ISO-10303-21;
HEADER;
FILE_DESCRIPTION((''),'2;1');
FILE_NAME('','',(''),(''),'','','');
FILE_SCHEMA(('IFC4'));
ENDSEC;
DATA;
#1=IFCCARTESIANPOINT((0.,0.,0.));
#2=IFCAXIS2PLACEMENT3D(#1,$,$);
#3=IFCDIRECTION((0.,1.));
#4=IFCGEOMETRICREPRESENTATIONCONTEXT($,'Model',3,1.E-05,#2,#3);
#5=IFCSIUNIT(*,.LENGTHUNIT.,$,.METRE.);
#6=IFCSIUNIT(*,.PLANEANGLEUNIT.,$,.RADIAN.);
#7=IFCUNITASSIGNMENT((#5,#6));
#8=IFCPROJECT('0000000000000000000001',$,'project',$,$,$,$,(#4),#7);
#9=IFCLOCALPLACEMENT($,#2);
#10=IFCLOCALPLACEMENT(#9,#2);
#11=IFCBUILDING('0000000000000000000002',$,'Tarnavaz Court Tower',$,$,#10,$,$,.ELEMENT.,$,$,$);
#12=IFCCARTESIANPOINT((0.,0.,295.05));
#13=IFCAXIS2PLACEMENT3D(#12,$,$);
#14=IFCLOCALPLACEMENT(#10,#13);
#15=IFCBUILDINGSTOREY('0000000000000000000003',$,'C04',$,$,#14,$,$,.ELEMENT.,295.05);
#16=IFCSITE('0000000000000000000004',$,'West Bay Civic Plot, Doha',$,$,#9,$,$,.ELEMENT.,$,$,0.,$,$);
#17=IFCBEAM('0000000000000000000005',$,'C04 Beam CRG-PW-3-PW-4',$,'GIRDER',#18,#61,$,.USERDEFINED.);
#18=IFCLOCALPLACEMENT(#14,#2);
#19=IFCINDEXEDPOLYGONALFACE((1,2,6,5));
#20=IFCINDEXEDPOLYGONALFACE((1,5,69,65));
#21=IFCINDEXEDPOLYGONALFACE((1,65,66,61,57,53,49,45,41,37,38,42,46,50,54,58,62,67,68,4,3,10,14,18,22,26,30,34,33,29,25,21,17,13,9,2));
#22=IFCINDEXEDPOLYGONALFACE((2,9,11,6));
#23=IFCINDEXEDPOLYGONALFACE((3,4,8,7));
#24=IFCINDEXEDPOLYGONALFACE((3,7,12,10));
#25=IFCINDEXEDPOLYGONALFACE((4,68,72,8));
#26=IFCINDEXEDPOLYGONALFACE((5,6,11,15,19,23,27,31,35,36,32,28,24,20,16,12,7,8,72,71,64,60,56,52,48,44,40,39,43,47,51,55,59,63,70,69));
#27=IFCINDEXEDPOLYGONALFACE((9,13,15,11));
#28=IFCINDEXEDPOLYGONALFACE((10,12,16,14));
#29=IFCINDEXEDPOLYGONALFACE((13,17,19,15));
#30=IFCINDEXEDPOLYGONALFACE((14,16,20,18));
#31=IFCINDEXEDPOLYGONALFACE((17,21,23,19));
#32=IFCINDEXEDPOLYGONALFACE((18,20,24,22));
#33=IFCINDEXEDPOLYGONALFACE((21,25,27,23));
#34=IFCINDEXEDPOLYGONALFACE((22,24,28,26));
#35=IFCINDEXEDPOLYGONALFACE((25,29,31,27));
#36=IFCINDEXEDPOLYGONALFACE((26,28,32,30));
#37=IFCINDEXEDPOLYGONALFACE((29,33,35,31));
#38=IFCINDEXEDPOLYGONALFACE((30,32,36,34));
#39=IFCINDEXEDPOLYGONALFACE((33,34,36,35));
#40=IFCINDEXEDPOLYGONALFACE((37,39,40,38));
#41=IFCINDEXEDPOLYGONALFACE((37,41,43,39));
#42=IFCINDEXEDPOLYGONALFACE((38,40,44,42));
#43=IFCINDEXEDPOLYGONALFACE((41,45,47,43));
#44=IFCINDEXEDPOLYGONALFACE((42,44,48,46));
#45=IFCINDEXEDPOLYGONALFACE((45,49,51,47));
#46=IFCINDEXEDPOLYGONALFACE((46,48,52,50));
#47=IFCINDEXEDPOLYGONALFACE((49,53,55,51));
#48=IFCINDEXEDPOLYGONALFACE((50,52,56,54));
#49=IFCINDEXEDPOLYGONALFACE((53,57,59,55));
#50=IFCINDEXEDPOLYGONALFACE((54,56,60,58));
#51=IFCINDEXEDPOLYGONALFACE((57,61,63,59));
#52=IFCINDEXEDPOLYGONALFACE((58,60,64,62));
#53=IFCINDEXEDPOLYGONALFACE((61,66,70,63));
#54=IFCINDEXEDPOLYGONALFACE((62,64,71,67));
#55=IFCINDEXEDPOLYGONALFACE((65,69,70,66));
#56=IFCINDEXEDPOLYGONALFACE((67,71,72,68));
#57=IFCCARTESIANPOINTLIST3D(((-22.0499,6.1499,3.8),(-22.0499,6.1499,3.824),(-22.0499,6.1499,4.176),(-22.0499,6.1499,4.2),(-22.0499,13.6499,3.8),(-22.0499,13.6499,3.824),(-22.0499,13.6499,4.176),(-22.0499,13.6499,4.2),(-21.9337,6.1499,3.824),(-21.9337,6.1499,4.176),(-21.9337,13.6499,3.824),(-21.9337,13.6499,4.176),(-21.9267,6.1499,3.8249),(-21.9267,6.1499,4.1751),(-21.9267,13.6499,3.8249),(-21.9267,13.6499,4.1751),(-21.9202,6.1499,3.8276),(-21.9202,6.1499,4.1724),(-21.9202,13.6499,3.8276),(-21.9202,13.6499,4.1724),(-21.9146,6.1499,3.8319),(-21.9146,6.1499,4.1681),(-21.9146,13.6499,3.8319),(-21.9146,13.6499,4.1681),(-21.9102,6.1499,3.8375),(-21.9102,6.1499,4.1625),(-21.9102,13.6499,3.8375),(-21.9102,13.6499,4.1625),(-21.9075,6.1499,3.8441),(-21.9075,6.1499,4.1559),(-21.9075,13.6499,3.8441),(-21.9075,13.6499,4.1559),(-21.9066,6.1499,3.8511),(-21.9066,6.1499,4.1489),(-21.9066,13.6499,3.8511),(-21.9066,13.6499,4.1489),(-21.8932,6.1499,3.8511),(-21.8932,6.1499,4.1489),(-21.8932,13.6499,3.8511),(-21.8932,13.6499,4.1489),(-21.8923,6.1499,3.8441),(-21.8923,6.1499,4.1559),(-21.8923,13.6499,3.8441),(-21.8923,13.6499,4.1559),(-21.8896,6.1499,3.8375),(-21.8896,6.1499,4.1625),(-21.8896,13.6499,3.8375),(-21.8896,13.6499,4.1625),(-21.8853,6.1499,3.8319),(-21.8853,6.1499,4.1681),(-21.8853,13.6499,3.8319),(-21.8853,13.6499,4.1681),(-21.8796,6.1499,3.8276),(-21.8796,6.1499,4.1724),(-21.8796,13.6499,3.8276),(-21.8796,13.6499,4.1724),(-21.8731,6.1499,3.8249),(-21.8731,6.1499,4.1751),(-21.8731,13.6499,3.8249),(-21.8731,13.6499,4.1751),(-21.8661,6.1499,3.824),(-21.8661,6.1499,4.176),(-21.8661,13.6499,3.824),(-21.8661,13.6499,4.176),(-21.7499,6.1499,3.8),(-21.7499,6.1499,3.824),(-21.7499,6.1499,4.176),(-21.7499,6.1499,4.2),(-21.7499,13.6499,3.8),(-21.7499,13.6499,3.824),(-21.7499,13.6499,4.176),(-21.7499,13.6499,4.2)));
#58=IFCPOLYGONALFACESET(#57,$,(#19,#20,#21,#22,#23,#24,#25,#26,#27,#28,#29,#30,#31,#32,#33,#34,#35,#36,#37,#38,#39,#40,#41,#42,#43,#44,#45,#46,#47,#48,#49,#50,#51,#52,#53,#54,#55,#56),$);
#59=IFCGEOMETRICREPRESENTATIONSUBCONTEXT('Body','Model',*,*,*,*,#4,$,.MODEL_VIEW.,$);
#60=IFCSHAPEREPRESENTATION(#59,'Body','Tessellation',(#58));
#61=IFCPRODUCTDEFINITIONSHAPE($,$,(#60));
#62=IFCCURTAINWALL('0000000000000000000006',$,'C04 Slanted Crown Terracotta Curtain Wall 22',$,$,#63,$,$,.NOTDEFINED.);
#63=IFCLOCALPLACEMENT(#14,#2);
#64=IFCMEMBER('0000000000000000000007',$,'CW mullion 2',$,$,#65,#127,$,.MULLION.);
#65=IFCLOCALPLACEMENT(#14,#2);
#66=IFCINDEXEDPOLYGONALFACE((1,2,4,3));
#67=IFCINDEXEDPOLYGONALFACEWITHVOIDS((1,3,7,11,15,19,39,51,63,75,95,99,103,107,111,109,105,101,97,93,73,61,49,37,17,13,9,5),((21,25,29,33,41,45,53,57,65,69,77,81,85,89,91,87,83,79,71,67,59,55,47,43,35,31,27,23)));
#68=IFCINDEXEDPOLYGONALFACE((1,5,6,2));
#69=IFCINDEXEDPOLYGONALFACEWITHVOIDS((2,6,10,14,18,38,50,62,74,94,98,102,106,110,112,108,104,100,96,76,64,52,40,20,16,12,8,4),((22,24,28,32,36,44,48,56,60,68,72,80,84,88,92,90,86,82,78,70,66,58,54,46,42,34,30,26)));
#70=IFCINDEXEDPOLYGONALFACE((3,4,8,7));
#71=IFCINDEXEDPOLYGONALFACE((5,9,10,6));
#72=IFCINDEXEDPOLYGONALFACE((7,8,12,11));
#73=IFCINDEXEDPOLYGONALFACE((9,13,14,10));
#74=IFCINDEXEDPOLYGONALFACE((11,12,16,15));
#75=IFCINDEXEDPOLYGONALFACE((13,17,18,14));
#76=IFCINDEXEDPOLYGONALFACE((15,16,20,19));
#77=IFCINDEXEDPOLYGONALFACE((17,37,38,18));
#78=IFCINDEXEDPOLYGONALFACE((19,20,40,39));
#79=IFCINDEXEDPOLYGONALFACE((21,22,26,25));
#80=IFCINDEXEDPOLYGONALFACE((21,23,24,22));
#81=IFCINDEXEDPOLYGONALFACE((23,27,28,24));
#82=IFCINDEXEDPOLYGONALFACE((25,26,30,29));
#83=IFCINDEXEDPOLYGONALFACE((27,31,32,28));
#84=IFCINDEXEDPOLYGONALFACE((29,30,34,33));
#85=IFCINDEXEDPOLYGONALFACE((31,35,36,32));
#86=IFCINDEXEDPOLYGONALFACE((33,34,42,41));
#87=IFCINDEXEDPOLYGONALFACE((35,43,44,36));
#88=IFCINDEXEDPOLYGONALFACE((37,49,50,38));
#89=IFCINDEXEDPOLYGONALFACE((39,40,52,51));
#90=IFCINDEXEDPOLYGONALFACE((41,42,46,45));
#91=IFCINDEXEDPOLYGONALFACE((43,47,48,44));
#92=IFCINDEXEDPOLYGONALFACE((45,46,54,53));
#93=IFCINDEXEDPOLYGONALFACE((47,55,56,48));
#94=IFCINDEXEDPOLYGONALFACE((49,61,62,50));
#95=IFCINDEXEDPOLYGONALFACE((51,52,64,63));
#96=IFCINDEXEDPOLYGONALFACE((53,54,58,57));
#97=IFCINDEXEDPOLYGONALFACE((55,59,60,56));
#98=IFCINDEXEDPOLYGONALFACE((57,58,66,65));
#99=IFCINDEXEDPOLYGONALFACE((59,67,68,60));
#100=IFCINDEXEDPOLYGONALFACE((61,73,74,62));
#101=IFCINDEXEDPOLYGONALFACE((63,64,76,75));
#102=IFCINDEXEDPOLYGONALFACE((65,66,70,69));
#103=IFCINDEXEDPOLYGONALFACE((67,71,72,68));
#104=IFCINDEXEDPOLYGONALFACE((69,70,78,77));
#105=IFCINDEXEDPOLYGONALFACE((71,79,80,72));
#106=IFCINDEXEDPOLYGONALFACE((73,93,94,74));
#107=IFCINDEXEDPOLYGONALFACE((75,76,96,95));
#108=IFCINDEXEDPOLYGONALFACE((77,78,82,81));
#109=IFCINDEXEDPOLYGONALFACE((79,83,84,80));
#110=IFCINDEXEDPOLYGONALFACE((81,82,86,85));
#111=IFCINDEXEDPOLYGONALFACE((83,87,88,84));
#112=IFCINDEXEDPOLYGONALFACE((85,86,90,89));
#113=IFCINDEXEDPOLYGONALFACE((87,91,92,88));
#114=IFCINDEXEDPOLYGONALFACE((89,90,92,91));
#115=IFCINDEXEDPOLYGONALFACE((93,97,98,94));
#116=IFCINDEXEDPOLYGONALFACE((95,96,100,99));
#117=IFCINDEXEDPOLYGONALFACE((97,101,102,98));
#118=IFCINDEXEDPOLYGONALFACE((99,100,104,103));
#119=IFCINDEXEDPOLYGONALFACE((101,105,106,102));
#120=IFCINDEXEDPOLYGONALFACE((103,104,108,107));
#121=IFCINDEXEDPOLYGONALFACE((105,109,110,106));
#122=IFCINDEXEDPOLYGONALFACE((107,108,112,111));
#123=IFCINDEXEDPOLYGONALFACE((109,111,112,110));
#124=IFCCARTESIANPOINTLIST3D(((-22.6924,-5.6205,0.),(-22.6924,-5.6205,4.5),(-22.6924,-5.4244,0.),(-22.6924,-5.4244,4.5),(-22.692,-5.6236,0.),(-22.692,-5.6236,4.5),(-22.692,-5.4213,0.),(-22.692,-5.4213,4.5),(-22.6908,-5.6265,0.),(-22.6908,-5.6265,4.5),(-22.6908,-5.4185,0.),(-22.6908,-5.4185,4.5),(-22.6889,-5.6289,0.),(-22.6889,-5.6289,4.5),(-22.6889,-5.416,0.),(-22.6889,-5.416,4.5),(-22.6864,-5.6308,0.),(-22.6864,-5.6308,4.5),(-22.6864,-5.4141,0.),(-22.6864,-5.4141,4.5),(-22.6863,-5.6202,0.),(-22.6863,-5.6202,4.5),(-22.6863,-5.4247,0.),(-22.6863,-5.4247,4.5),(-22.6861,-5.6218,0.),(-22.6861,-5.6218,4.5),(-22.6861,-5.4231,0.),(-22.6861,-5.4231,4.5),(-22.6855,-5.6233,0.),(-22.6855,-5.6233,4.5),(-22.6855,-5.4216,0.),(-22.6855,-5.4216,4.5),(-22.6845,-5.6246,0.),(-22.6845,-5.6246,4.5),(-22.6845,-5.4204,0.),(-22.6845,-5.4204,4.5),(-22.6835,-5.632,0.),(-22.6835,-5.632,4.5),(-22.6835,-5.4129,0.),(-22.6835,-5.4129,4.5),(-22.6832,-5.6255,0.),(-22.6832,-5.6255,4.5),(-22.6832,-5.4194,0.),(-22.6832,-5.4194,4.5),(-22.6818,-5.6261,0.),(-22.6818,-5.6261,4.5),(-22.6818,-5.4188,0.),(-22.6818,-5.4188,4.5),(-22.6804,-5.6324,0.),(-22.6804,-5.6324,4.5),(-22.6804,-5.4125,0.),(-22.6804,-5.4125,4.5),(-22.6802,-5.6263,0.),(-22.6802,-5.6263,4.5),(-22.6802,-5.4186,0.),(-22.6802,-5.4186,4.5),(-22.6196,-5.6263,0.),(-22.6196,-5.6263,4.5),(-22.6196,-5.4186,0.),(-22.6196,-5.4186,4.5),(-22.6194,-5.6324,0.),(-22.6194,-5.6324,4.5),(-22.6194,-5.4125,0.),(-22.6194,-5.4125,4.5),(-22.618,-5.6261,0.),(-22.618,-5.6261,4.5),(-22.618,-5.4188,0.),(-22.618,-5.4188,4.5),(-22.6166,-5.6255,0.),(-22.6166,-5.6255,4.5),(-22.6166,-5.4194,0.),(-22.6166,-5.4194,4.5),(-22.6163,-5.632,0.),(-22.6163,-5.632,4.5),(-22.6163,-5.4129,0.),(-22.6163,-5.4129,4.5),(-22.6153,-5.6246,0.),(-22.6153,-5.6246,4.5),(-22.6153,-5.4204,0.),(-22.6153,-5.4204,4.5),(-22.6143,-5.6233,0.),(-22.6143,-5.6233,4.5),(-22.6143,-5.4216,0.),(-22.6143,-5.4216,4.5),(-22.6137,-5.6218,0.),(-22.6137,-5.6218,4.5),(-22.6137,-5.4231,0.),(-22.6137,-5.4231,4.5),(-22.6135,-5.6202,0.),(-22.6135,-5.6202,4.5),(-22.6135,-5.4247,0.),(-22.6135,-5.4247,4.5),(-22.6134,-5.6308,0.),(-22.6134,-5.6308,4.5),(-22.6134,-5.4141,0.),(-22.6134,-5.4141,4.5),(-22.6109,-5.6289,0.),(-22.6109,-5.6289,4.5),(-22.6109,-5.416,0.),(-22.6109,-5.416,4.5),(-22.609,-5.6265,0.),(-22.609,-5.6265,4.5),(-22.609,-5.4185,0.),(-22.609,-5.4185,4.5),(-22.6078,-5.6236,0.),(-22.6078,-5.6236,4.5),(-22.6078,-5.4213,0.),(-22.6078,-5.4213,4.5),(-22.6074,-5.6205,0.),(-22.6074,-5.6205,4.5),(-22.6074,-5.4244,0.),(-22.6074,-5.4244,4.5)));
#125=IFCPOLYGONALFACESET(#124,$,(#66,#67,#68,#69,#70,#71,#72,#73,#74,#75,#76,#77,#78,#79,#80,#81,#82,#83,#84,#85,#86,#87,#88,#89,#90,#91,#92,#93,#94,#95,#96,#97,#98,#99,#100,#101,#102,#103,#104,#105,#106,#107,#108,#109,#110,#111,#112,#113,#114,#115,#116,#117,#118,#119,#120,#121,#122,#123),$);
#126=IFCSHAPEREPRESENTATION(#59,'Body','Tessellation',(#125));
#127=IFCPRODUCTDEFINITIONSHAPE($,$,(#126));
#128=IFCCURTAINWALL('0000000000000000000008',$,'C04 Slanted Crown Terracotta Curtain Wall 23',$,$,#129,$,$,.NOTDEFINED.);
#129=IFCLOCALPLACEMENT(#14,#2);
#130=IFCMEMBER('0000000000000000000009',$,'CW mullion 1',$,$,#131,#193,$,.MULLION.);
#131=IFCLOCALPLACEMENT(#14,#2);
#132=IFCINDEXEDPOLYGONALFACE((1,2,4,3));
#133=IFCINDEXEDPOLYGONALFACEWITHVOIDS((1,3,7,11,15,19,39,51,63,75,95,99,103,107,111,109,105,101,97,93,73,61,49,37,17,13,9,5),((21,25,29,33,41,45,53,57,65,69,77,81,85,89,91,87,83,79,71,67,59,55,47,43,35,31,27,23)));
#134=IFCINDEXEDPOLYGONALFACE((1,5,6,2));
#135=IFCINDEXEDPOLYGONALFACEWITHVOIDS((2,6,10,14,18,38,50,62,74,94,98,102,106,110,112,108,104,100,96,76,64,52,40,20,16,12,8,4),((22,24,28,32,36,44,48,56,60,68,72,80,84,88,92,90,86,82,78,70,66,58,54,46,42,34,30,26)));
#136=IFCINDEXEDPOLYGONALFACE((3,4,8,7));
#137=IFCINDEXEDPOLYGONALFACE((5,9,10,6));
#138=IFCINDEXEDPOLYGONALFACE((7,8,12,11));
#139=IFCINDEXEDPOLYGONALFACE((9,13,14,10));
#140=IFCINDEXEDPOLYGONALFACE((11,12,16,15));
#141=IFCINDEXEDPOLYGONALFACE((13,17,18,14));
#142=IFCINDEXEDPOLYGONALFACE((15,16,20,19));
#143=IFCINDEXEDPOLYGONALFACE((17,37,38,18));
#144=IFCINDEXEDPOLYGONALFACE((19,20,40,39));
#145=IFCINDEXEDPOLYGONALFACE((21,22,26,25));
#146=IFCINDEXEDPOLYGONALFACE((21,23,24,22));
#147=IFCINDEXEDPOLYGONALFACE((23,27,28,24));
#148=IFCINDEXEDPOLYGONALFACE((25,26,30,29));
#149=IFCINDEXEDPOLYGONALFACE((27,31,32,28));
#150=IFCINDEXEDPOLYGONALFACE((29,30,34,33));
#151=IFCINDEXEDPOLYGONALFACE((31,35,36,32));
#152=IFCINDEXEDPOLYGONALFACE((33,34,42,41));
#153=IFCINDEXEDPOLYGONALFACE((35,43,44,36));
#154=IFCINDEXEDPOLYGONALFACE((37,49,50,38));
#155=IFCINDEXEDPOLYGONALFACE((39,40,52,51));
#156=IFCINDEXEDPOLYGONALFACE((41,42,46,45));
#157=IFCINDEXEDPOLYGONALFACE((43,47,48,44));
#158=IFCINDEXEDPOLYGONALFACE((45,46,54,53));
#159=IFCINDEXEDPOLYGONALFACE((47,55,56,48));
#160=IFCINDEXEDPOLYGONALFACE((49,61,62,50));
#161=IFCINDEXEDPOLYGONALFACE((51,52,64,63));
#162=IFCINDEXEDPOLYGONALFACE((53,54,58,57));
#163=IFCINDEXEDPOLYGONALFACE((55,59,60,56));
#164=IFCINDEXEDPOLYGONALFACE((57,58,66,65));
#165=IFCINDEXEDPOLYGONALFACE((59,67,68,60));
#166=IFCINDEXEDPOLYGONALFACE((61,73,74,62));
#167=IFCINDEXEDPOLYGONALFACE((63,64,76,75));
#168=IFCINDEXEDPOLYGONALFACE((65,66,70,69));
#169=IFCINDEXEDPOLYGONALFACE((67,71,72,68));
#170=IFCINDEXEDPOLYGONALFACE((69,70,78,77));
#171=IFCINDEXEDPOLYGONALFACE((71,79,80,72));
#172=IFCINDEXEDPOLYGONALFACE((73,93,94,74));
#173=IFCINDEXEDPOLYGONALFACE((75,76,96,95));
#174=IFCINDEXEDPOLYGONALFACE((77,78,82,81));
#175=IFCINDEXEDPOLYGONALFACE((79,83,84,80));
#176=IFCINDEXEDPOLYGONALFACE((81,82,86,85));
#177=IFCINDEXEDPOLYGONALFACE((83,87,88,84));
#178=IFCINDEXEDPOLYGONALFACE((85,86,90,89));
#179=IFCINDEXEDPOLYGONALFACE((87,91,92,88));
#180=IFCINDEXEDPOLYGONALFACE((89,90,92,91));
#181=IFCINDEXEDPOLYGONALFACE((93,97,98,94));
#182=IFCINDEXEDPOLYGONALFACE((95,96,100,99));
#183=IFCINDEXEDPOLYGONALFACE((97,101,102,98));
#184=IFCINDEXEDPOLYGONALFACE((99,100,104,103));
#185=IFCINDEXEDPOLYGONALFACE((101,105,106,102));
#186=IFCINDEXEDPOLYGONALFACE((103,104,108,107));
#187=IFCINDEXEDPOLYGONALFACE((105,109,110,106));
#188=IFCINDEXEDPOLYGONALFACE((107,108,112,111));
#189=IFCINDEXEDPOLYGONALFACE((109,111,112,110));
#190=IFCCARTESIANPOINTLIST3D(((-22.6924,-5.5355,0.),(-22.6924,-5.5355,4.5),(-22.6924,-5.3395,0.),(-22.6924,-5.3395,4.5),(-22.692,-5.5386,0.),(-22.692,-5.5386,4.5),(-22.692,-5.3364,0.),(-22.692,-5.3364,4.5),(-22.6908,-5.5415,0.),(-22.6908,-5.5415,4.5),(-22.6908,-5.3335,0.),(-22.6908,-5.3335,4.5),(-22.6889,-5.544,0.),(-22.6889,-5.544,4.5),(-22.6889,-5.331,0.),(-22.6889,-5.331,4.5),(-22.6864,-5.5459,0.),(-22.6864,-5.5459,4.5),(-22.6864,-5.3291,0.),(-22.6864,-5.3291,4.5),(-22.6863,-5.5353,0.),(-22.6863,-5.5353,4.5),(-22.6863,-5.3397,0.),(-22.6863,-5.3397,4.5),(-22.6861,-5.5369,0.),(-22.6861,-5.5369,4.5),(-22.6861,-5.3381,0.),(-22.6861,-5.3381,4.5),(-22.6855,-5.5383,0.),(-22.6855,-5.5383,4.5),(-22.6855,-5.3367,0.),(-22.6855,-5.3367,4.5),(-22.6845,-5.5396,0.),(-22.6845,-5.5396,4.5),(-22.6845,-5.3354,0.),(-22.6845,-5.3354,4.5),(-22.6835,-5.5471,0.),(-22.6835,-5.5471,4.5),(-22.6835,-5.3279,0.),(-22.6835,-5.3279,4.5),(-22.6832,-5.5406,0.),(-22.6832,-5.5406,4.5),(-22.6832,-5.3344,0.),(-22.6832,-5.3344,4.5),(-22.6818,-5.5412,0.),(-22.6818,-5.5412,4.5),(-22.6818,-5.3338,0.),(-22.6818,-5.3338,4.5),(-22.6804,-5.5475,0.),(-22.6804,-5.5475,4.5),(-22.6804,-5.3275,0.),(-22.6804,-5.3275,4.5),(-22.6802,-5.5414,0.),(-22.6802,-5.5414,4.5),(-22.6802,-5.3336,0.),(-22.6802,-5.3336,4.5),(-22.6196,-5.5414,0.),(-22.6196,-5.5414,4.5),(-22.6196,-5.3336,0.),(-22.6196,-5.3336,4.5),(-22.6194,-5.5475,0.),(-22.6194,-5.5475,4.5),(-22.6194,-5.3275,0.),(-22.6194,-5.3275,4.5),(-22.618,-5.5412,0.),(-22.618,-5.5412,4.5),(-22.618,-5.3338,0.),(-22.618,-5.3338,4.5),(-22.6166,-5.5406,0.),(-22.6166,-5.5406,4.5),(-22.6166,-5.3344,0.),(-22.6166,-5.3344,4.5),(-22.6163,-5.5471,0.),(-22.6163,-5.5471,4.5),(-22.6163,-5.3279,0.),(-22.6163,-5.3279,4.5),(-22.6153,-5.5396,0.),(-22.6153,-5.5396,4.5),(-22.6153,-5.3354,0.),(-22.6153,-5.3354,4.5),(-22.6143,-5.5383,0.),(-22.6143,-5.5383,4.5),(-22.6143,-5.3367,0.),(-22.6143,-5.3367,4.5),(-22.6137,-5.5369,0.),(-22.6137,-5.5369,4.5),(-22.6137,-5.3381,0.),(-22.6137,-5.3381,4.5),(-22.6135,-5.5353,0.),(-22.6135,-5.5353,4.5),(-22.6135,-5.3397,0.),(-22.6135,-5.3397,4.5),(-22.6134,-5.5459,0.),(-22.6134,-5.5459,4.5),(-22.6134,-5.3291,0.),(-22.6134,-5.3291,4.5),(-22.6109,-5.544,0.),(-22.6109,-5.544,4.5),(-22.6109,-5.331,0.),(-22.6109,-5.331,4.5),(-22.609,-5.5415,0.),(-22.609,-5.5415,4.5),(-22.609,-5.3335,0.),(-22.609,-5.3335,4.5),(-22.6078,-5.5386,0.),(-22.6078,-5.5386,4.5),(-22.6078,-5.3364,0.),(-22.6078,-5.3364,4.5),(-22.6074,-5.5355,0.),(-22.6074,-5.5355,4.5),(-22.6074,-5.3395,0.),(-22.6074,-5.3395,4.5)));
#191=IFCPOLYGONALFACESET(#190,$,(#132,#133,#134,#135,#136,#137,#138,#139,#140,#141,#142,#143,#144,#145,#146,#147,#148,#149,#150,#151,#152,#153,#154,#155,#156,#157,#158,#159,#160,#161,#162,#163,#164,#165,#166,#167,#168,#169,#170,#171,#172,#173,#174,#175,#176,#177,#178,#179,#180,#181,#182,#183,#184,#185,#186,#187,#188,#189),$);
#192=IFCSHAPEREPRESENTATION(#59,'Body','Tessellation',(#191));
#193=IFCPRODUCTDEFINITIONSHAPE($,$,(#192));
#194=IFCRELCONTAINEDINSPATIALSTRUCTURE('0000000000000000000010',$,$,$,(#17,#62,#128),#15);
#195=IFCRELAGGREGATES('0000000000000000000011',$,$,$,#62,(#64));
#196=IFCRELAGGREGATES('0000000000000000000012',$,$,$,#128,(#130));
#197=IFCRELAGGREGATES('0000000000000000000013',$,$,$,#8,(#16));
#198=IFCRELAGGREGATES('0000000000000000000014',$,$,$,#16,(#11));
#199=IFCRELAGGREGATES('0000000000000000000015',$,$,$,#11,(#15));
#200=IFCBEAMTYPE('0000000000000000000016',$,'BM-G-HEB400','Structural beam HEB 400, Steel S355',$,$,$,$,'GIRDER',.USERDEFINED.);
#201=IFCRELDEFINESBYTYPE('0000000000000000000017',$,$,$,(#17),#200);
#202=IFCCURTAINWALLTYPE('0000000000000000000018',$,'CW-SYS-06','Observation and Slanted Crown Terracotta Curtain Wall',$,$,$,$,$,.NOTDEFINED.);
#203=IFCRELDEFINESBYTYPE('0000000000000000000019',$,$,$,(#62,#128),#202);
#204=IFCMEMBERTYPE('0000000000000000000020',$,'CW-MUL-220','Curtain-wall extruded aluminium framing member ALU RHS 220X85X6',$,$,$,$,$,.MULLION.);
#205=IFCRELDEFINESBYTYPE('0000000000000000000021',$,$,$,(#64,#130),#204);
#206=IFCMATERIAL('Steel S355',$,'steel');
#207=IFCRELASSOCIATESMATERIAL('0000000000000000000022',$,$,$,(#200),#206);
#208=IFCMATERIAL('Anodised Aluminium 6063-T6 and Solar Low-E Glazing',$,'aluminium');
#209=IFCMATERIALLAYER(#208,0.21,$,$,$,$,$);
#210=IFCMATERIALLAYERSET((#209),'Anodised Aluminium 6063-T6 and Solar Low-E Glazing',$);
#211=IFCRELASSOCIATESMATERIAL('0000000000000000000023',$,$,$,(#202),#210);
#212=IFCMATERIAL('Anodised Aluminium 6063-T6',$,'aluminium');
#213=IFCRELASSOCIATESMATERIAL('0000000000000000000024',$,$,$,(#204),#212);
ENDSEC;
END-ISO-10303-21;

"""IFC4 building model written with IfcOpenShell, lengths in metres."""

from ifc_helpers import new_model, si_unit, direction, frame, origin, origin_2d, place, context, subcontext, project, spatial, hollow_rectangle, i_section, extrude, material, layer, layer_set, material_profile, profile_set, type_object, element, aggregate, save


model = new_model("IFC4")

# Units and contexts
model_context = context("Model", 3, precision=1e-05, world=origin(), true_north=direction((0.0, 1.0)))
body_context = subcontext(model_context, "Body", "Model", "MODEL_VIEW")
ifc_project = project(units=[si_unit("LENGTHUNIT", "METRE"), si_unit("PLANEANGLEUNIT", "RADIAN")], contexts=[model_context])

# Site, building, storey
site_placement = place(None, origin())
site = spatial("IfcSite", under=ifc_project, at=site_placement, Name="West Bay Civic Plot, Doha", CompositionType="ELEMENT", RefElevation=0.0)
building_placement = place(site_placement, origin())
building = spatial("IfcBuilding", under=site, at=building_placement, Name="Tarnavaz Court Tower", CompositionType="ELEMENT")
storey_placement = place(building_placement, frame((0.0, 0.0, 295.05)))
storey = spatial("IfcBuildingStorey", under=building, at=storey_placement, Name="C04", CompositionType="ELEMENT", Elevation=295.05)

# Shared definitions
ifc_material_1 = material(Name="Steel S355", Category="steel")

# Beam
ifc_material_profile_1 = material_profile(ifc_material_1, i_section(OverallWidth=0.3, OverallDepth=0.3999, WebThickness=0.0134, FlangeThickness=0.0239, FilletRadius=0.0271, at=origin_2d()), Name="HEB 400")
ifc_profile_set_1 = profile_set([ifc_material_profile_1], Name="Steel S355")
beam_type = type_object("IfcBeamType", Name="BM-G-HEB400", Description="Structural beam HEB 400, Steel S355", ElementType="GIRDER", PredefinedType="USERDEFINED", material=ifc_profile_set_1)
beam_1_placement = place(storey_placement, frame((-21.8999, 6.1499, 4.0), z_axis=(0.0, 1.0, 0.0), x_axis=(-1.0, 0.0, 0.0)))
element("IfcBeam", 1, at=beam_1_placement, inside=storey, type_object=beam_type, Name="C04 Beam CRG-PW-3-PW-4", ObjectType="GIRDER", PredefinedType="USERDEFINED", context=body_context, shape_type="SweptSolid", body=[
    extrude(i_section(OverallWidth=0.3, OverallDepth=0.3999, WebThickness=0.0134, FlangeThickness=0.0239, FilletRadius=0.0271, at=origin_2d()), origin(), (0.0, 0.0, 1.0), 7.5),
])

# Curtain wall, member
ifc_material_2 = material(Name="Anodised Aluminium 6063-T6 and Solar Low-E Glazing", Category="aluminium")
ifc_layer_1 = layer(ifc_material_2, 0.21)
ifc_layer_set_1 = layer_set([ifc_layer_1], Name="Anodised Aluminium 6063-T6 and Solar Low-E Glazing")
curtain_wall_type = type_object("IfcCurtainWallType", Name="CW-SYS-06", Description="Observation and Slanted Crown Terracotta Curtain Wall", PredefinedType="NOTDEFINED", material=ifc_layer_set_1)
curtain_wall_1_placement = place(storey_placement, origin())
curtain_wall_1 = element("IfcCurtainWall", 2, at=curtain_wall_1_placement, inside=storey, type_object=curtain_wall_type, Name="C04 Slanted Crown Terracotta Curtain Wall 22", PredefinedType="NOTDEFINED")
ifc_material_3 = material(Name="Anodised Aluminium 6063-T6", Category="aluminium")
ifc_material_profile_2 = material_profile(ifc_material_3, hollow_rectangle(XDim=0.085, YDim=0.22, WallThickness=0.0061, InnerFilletRadius=0.0061, OuterFilletRadius=0.012, at=origin_2d()), Name="ALU RHS 220X85X6")
ifc_profile_set_2 = profile_set([ifc_material_profile_2], Name="Anodised Aluminium 6063-T6")
member_type_1 = type_object("IfcMemberType", Name="CW-MUL-220", Description="Curtain-wall extruded aluminium framing member ALU RHS 220X85X6", PredefinedType="MULLION", material=ifc_profile_set_2)
member_1_placement = place(storey_placement, frame((-22.6499, -5.5225, 0.0), z_axis=(0.0, 0.0, 1.0), x_axis=(-1.0, 0.0, 0.0)))
member_1 = element("IfcMember", 3, at=member_1_placement, type_object=member_type_1, Name="CW mullion 2", PredefinedType="MULLION", context=body_context, shape_type="SweptSolid", body=[
    extrude(hollow_rectangle(XDim=0.085, YDim=0.22, WallThickness=0.0061, InnerFilletRadius=0.0061, OuterFilletRadius=0.012, at=origin_2d()), origin(), (0.0, 0.0, 1.0), 4.5),
])

# Curtain wall, member
curtain_wall_2_placement = place(storey_placement, origin())
curtain_wall_2 = element("IfcCurtainWall", 4, at=curtain_wall_2_placement, inside=storey, type_object=curtain_wall_type, Name="C04 Slanted Crown Terracotta Curtain Wall 23", PredefinedType="NOTDEFINED")
member_2_placement = place(storey_placement, frame((-22.6499, -5.4375, 0.0), z_axis=(0.0, 0.0, 1.0), x_axis=(-1.0, 0.0, 0.0)))
member_2 = element("IfcMember", 5, at=member_2_placement, type_object=member_type_1, Name="CW mullion 1", PredefinedType="MULLION", context=body_context, shape_type="SweptSolid", body=[
    extrude(hollow_rectangle(XDim=0.085, YDim=0.22, WallThickness=0.0061, InnerFilletRadius=0.0061, OuterFilletRadius=0.012, at=origin_2d()), origin(), (0.0, 0.0, 1.0), 4.5),
])

aggregate(curtain_wall_1, [member_1])
aggregate(curtain_wall_2, [member_2])

save(model, "model.ifc")
